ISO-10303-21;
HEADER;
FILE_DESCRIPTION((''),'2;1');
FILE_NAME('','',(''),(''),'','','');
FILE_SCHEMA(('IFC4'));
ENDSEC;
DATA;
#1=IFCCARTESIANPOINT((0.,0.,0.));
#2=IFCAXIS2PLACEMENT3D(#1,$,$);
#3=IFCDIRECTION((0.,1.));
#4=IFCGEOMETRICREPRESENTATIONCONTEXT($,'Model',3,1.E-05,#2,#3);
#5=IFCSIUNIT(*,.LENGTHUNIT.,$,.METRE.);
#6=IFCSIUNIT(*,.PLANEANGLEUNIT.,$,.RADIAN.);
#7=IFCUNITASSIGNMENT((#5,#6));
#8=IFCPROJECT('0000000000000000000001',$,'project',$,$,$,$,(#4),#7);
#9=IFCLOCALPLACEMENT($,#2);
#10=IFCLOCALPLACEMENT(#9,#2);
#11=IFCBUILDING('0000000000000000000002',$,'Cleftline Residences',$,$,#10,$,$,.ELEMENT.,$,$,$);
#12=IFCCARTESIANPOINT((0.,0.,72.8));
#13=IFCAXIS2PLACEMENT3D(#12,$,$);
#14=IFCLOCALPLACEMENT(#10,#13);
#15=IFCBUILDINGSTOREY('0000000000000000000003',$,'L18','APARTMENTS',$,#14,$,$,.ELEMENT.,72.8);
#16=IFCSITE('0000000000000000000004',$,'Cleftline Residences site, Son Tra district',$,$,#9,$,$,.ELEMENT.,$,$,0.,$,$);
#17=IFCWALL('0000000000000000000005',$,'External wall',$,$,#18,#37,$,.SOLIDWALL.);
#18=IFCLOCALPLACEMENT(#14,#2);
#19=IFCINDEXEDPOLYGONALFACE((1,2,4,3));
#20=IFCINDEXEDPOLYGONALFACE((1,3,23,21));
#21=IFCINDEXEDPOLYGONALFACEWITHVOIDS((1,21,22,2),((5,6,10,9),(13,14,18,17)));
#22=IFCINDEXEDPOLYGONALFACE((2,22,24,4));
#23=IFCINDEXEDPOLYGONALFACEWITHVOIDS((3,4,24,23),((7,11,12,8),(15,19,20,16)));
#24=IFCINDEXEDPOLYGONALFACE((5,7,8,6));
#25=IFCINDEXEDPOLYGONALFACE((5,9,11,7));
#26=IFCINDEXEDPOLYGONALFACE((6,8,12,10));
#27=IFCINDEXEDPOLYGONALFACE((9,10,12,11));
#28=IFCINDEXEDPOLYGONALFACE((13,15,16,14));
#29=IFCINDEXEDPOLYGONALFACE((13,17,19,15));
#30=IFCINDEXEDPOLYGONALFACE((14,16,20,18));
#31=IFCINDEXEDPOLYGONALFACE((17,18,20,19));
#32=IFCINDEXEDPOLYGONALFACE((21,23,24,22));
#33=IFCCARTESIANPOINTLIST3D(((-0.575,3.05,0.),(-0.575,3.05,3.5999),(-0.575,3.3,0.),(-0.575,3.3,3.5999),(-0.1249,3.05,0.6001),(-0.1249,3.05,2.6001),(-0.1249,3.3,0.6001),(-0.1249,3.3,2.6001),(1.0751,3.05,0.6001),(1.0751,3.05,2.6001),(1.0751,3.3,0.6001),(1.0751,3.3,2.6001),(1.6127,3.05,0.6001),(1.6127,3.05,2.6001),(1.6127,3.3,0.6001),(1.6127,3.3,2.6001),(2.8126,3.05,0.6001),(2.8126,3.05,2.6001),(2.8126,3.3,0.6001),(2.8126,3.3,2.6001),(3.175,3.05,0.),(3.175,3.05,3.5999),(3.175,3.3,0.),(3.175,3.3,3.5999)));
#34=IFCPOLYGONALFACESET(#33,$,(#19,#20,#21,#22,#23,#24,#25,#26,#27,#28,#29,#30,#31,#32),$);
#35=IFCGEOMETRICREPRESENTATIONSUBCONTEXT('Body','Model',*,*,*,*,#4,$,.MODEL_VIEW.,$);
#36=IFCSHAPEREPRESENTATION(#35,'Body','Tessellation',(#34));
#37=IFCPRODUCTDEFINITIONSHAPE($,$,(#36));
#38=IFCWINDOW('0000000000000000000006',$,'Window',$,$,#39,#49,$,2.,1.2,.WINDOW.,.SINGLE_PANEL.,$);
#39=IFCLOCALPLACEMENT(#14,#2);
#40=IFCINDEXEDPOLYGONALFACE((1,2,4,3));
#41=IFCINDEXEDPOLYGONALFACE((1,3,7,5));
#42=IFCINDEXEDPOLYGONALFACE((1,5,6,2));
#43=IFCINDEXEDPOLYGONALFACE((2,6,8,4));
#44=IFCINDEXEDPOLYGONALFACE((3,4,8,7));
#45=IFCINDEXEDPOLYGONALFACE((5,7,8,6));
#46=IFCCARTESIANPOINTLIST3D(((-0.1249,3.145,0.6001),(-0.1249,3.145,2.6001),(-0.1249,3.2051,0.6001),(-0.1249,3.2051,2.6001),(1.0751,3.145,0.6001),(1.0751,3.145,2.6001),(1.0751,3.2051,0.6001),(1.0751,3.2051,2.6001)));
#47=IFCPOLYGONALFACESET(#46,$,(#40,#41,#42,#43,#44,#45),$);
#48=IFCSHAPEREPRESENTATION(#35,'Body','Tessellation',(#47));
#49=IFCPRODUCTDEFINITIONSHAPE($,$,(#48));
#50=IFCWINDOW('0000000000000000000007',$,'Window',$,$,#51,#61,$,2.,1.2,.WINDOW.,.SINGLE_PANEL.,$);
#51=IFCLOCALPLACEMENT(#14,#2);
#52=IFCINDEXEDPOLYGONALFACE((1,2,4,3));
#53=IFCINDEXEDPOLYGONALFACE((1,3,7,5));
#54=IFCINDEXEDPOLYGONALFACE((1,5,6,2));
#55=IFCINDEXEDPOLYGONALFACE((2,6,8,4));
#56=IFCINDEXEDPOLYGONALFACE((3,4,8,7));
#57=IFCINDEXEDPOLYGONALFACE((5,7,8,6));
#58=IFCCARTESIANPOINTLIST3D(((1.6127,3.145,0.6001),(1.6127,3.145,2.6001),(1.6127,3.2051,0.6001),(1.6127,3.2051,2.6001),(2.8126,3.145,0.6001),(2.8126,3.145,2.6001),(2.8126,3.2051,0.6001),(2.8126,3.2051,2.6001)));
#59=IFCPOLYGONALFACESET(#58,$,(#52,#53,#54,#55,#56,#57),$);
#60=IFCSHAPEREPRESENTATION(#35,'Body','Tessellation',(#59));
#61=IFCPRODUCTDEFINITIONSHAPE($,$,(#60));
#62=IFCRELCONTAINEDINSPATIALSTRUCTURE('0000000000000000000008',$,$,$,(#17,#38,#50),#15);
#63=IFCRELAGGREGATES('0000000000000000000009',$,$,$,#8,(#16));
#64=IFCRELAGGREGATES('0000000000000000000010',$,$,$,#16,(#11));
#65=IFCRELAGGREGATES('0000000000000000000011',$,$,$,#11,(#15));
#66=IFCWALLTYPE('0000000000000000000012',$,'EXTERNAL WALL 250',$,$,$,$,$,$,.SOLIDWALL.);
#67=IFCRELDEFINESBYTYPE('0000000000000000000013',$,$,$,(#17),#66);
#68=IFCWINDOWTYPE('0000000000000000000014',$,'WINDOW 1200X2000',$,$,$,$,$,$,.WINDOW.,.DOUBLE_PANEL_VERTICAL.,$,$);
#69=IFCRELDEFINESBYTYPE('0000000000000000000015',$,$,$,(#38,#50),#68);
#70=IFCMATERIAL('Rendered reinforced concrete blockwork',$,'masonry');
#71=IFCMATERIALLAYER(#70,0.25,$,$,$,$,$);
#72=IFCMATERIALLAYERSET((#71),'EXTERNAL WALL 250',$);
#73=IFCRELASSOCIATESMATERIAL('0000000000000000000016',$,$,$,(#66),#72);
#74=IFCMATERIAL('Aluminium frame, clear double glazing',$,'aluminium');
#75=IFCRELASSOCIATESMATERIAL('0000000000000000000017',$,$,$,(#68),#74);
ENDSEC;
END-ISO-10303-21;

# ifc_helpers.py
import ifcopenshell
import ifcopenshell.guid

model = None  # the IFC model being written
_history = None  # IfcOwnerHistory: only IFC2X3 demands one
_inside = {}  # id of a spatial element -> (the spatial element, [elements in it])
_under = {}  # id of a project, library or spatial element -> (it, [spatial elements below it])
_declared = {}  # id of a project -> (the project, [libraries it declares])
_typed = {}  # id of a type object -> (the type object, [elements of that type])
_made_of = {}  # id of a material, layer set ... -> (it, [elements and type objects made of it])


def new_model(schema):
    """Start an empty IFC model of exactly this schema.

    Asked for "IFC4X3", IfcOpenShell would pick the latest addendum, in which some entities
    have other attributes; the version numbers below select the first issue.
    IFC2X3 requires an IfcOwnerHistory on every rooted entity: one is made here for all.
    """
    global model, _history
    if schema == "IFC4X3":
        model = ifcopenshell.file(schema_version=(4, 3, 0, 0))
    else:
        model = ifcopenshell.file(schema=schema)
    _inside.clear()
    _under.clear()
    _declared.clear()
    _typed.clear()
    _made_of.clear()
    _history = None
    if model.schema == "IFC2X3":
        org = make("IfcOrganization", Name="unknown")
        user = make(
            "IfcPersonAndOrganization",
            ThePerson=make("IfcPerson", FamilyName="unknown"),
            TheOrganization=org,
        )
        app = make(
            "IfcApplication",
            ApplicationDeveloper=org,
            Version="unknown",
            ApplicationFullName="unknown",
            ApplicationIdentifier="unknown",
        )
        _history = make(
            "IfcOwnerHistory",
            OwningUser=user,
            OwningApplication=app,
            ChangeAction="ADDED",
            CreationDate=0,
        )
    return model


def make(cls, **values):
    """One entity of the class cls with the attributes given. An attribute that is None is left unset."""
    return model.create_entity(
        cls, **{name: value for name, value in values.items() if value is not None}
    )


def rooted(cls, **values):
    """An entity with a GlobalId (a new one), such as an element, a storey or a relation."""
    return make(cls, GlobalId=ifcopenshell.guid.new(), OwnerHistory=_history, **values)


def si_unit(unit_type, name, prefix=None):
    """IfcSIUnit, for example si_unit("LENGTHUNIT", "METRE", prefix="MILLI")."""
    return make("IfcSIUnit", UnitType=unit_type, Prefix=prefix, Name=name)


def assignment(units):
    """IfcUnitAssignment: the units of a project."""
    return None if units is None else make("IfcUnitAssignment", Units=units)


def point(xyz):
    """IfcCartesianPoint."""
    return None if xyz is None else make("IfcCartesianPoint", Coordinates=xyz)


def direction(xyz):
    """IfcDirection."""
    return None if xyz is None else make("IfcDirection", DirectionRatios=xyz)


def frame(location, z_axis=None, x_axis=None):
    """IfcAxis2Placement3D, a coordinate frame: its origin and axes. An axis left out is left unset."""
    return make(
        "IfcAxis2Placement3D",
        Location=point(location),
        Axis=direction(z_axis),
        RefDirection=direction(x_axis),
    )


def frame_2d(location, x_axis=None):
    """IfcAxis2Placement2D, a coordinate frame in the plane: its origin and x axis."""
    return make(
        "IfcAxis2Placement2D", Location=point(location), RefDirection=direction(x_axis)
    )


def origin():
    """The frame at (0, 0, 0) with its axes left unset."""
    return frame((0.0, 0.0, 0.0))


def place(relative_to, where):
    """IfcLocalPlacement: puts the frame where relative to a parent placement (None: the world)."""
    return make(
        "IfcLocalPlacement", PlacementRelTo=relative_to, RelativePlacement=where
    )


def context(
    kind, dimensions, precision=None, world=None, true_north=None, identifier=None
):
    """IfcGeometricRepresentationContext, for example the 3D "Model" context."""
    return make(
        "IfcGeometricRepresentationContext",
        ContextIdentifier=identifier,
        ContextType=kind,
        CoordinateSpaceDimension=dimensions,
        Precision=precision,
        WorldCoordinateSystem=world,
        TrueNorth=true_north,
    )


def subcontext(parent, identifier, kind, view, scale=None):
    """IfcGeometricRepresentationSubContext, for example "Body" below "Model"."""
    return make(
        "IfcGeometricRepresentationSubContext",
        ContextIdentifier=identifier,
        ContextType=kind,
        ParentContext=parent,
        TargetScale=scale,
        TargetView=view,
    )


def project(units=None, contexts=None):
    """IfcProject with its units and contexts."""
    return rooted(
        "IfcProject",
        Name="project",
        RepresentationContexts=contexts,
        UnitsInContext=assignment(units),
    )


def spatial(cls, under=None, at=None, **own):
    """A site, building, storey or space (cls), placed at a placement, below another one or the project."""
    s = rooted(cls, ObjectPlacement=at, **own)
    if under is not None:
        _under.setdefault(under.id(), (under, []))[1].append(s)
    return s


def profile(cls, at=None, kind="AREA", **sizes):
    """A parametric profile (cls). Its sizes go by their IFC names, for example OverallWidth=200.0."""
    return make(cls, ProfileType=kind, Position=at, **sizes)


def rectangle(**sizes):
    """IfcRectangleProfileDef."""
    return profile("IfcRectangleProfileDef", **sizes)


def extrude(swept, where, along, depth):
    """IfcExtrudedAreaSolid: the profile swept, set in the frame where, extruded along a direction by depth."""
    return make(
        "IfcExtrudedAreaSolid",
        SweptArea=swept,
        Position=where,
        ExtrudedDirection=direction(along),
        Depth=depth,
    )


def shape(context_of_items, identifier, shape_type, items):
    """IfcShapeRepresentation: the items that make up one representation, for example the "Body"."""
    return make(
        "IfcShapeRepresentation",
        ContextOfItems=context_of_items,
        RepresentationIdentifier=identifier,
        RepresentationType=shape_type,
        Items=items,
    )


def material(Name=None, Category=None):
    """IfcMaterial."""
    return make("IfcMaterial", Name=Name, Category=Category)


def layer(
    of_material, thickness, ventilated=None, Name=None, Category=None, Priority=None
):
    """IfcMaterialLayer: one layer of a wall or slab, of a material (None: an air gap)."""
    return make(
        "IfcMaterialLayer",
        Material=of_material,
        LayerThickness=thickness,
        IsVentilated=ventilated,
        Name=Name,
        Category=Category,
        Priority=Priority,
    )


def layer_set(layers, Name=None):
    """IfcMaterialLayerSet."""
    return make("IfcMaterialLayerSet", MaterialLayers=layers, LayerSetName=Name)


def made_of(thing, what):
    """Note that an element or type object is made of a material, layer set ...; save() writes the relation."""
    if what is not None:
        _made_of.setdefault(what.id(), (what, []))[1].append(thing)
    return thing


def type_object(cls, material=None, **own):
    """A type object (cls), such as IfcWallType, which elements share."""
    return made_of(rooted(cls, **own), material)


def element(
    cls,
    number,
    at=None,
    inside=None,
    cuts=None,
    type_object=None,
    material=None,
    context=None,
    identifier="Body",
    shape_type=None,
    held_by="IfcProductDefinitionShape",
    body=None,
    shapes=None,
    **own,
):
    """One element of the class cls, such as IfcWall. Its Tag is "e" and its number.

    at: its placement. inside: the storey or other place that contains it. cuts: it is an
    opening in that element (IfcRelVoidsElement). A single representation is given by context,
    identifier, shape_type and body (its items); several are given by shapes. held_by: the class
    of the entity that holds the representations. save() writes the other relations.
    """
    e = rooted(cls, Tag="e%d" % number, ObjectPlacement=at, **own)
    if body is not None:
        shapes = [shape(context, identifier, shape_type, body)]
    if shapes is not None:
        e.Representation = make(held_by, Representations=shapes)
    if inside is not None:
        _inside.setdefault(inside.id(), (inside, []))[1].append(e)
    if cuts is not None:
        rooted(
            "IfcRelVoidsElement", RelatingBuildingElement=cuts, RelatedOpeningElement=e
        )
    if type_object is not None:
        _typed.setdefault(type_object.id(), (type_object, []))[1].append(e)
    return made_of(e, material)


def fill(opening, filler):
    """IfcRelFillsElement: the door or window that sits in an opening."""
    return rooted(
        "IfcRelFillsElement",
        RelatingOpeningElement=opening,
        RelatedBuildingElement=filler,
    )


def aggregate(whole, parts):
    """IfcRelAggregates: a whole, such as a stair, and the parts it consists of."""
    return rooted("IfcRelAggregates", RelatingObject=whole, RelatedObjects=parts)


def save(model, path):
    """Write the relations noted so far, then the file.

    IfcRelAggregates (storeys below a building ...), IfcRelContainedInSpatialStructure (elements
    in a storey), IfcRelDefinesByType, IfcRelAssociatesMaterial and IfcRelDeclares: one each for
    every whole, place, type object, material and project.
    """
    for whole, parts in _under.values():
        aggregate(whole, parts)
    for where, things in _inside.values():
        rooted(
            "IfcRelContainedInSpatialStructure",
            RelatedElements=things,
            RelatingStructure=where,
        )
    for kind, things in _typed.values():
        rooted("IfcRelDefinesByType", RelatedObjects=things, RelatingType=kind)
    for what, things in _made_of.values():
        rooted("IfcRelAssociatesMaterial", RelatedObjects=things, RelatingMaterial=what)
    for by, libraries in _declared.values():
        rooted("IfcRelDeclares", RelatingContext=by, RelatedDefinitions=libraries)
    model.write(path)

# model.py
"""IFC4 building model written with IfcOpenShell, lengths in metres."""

from ifc_helpers import new_model, si_unit, direction, frame, frame_2d, origin, place, context, subcontext, project, spatial, rectangle, extrude, material, layer, layer_set, type_object, element, fill, save


model = new_model("IFC4")

# Units and contexts
model_context = context("Model", 3, precision=1e-05, world=origin(), true_north=direction((0.0, 1.0)))
body_context = subcontext(model_context, "Body", "Model", "MODEL_VIEW")
ifc_project = project(units=[si_unit("LENGTHUNIT", "METRE"), si_unit("PLANEANGLEUNIT", "RADIAN")], contexts=[model_context])

# Site, building, storey
site_placement = place(None, origin())
site = spatial("IfcSite", under=ifc_project, at=site_placement, Name="Cleftline Residences site, Son Tra district", CompositionType="ELEMENT", RefElevation=0.0)
building_placement = place(site_placement, origin())
building = spatial("IfcBuilding", under=site, at=building_placement, Name="Cleftline Residences", CompositionType="ELEMENT")
storey_placement = place(building_placement, frame((0.0, 0.0, 72.8)))
storey = spatial("IfcBuildingStorey", under=building, at=storey_placement, Name="L18", Description="APARTMENTS", CompositionType="ELEMENT", Elevation=72.8)

# Wall, openings, windows
ifc_material_1 = material(Name="Rendered reinforced concrete blockwork", Category="masonry")
ifc_layer_1 = layer(ifc_material_1, 0.25)
ifc_layer_set_1 = layer_set([ifc_layer_1], Name="EXTERNAL WALL 250")
wall_type = type_object("IfcWallType", Name="EXTERNAL WALL 250", PredefinedType="SOLIDWALL", material=ifc_layer_set_1)
wall_placement = place(storey_placement, frame((-0.575, 3.175, 0.0), z_axis=(0.0, 0.0, 1.0), x_axis=(1.0, 0.0, 0.0)))
wall = element("IfcWall", 1, at=wall_placement, inside=storey, type_object=wall_type, Name="External wall", PredefinedType="SOLIDWALL", context=body_context, shape_type="SweptSolid", body=[
    extrude(rectangle(XDim=3.75, YDim=0.25, at=frame_2d((1.875, 0.0))), origin(), (0.0, 0.0, 1.0), 3.5999),
])
opening_1_placement = place(wall_placement, frame((0.45, 0.0, 0.6001)))
opening_1 = element("IfcOpeningElement", 2, at=opening_1_placement, cuts=wall, PredefinedType="OPENING", context=body_context, shape_type="SweptSolid", body=[
    extrude(rectangle(XDim=1.2, YDim=2.0, at=frame_2d((0.6001, 1.0))), frame((0.0, 0.135, 0.0), z_axis=(0.0, -1.0, 0.0), x_axis=(1.0, 0.0, 0.0)), (0.0, 0.0, 1.0), 0.27),
])
opening_2_placement = place(wall_placement, frame((2.1875, 0.0, 0.6001)))
opening_2 = element("IfcOpeningElement", 3, at=opening_2_placement, cuts=wall, PredefinedType="OPENING", context=body_context, shape_type="SweptSolid", body=[
    extrude(rectangle(XDim=1.2, YDim=2.0, at=frame_2d((0.6001, 1.0))), frame((0.0, 0.135, 0.0), z_axis=(0.0, -1.0, 0.0), x_axis=(1.0, 0.0, 0.0)), (0.0, 0.0, 1.0), 0.27),
])
ifc_material_2 = material(Name="Aluminium frame, clear double glazing", Category="aluminium")
window_type = type_object("IfcWindowType", Name="WINDOW 1200X2000", PartitioningType="DOUBLE_PANEL_VERTICAL", PredefinedType="WINDOW", material=ifc_material_2)
window_1_placement = place(opening_1_placement, origin())
window_1 = element("IfcWindow", 4, at=window_1_placement, inside=storey, type_object=window_type, Name="Window", OverallHeight=2.0, OverallWidth=1.2, PartitioningType="SINGLE_PANEL", PredefinedType="WINDOW", context=body_context, shape_type="SweptSolid", body=[
    extrude(rectangle(XDim=1.2, YDim=2.0, at=frame_2d((0.6001, 1.0))), frame((0.0, 0.03, 0.0), z_axis=(0.0, -1.0, 0.0), x_axis=(1.0, 0.0, 0.0)), (0.0, 0.0, 1.0), 0.0601),
])
fill(opening_1, window_1)
window_2_placement = place(opening_2_placement, origin())
window_2 = element("IfcWindow", 5, at=window_2_placement, inside=storey, type_object=window_type, Name="Window", OverallHeight=2.0, OverallWidth=1.2, PartitioningType="SINGLE_PANEL", PredefinedType="WINDOW", context=body_context, shape_type="SweptSolid", body=[
    extrude(rectangle(XDim=1.2, YDim=2.0, at=frame_2d((0.6001, 1.0))), frame((0.0, 0.03, 0.0), z_axis=(0.0, -1.0, 0.0), x_axis=(1.0, 0.0, 0.0)), (0.0, 0.0, 1.0), 0.0601),
])
fill(opening_2, window_2)

save(model, "model.ifc")
